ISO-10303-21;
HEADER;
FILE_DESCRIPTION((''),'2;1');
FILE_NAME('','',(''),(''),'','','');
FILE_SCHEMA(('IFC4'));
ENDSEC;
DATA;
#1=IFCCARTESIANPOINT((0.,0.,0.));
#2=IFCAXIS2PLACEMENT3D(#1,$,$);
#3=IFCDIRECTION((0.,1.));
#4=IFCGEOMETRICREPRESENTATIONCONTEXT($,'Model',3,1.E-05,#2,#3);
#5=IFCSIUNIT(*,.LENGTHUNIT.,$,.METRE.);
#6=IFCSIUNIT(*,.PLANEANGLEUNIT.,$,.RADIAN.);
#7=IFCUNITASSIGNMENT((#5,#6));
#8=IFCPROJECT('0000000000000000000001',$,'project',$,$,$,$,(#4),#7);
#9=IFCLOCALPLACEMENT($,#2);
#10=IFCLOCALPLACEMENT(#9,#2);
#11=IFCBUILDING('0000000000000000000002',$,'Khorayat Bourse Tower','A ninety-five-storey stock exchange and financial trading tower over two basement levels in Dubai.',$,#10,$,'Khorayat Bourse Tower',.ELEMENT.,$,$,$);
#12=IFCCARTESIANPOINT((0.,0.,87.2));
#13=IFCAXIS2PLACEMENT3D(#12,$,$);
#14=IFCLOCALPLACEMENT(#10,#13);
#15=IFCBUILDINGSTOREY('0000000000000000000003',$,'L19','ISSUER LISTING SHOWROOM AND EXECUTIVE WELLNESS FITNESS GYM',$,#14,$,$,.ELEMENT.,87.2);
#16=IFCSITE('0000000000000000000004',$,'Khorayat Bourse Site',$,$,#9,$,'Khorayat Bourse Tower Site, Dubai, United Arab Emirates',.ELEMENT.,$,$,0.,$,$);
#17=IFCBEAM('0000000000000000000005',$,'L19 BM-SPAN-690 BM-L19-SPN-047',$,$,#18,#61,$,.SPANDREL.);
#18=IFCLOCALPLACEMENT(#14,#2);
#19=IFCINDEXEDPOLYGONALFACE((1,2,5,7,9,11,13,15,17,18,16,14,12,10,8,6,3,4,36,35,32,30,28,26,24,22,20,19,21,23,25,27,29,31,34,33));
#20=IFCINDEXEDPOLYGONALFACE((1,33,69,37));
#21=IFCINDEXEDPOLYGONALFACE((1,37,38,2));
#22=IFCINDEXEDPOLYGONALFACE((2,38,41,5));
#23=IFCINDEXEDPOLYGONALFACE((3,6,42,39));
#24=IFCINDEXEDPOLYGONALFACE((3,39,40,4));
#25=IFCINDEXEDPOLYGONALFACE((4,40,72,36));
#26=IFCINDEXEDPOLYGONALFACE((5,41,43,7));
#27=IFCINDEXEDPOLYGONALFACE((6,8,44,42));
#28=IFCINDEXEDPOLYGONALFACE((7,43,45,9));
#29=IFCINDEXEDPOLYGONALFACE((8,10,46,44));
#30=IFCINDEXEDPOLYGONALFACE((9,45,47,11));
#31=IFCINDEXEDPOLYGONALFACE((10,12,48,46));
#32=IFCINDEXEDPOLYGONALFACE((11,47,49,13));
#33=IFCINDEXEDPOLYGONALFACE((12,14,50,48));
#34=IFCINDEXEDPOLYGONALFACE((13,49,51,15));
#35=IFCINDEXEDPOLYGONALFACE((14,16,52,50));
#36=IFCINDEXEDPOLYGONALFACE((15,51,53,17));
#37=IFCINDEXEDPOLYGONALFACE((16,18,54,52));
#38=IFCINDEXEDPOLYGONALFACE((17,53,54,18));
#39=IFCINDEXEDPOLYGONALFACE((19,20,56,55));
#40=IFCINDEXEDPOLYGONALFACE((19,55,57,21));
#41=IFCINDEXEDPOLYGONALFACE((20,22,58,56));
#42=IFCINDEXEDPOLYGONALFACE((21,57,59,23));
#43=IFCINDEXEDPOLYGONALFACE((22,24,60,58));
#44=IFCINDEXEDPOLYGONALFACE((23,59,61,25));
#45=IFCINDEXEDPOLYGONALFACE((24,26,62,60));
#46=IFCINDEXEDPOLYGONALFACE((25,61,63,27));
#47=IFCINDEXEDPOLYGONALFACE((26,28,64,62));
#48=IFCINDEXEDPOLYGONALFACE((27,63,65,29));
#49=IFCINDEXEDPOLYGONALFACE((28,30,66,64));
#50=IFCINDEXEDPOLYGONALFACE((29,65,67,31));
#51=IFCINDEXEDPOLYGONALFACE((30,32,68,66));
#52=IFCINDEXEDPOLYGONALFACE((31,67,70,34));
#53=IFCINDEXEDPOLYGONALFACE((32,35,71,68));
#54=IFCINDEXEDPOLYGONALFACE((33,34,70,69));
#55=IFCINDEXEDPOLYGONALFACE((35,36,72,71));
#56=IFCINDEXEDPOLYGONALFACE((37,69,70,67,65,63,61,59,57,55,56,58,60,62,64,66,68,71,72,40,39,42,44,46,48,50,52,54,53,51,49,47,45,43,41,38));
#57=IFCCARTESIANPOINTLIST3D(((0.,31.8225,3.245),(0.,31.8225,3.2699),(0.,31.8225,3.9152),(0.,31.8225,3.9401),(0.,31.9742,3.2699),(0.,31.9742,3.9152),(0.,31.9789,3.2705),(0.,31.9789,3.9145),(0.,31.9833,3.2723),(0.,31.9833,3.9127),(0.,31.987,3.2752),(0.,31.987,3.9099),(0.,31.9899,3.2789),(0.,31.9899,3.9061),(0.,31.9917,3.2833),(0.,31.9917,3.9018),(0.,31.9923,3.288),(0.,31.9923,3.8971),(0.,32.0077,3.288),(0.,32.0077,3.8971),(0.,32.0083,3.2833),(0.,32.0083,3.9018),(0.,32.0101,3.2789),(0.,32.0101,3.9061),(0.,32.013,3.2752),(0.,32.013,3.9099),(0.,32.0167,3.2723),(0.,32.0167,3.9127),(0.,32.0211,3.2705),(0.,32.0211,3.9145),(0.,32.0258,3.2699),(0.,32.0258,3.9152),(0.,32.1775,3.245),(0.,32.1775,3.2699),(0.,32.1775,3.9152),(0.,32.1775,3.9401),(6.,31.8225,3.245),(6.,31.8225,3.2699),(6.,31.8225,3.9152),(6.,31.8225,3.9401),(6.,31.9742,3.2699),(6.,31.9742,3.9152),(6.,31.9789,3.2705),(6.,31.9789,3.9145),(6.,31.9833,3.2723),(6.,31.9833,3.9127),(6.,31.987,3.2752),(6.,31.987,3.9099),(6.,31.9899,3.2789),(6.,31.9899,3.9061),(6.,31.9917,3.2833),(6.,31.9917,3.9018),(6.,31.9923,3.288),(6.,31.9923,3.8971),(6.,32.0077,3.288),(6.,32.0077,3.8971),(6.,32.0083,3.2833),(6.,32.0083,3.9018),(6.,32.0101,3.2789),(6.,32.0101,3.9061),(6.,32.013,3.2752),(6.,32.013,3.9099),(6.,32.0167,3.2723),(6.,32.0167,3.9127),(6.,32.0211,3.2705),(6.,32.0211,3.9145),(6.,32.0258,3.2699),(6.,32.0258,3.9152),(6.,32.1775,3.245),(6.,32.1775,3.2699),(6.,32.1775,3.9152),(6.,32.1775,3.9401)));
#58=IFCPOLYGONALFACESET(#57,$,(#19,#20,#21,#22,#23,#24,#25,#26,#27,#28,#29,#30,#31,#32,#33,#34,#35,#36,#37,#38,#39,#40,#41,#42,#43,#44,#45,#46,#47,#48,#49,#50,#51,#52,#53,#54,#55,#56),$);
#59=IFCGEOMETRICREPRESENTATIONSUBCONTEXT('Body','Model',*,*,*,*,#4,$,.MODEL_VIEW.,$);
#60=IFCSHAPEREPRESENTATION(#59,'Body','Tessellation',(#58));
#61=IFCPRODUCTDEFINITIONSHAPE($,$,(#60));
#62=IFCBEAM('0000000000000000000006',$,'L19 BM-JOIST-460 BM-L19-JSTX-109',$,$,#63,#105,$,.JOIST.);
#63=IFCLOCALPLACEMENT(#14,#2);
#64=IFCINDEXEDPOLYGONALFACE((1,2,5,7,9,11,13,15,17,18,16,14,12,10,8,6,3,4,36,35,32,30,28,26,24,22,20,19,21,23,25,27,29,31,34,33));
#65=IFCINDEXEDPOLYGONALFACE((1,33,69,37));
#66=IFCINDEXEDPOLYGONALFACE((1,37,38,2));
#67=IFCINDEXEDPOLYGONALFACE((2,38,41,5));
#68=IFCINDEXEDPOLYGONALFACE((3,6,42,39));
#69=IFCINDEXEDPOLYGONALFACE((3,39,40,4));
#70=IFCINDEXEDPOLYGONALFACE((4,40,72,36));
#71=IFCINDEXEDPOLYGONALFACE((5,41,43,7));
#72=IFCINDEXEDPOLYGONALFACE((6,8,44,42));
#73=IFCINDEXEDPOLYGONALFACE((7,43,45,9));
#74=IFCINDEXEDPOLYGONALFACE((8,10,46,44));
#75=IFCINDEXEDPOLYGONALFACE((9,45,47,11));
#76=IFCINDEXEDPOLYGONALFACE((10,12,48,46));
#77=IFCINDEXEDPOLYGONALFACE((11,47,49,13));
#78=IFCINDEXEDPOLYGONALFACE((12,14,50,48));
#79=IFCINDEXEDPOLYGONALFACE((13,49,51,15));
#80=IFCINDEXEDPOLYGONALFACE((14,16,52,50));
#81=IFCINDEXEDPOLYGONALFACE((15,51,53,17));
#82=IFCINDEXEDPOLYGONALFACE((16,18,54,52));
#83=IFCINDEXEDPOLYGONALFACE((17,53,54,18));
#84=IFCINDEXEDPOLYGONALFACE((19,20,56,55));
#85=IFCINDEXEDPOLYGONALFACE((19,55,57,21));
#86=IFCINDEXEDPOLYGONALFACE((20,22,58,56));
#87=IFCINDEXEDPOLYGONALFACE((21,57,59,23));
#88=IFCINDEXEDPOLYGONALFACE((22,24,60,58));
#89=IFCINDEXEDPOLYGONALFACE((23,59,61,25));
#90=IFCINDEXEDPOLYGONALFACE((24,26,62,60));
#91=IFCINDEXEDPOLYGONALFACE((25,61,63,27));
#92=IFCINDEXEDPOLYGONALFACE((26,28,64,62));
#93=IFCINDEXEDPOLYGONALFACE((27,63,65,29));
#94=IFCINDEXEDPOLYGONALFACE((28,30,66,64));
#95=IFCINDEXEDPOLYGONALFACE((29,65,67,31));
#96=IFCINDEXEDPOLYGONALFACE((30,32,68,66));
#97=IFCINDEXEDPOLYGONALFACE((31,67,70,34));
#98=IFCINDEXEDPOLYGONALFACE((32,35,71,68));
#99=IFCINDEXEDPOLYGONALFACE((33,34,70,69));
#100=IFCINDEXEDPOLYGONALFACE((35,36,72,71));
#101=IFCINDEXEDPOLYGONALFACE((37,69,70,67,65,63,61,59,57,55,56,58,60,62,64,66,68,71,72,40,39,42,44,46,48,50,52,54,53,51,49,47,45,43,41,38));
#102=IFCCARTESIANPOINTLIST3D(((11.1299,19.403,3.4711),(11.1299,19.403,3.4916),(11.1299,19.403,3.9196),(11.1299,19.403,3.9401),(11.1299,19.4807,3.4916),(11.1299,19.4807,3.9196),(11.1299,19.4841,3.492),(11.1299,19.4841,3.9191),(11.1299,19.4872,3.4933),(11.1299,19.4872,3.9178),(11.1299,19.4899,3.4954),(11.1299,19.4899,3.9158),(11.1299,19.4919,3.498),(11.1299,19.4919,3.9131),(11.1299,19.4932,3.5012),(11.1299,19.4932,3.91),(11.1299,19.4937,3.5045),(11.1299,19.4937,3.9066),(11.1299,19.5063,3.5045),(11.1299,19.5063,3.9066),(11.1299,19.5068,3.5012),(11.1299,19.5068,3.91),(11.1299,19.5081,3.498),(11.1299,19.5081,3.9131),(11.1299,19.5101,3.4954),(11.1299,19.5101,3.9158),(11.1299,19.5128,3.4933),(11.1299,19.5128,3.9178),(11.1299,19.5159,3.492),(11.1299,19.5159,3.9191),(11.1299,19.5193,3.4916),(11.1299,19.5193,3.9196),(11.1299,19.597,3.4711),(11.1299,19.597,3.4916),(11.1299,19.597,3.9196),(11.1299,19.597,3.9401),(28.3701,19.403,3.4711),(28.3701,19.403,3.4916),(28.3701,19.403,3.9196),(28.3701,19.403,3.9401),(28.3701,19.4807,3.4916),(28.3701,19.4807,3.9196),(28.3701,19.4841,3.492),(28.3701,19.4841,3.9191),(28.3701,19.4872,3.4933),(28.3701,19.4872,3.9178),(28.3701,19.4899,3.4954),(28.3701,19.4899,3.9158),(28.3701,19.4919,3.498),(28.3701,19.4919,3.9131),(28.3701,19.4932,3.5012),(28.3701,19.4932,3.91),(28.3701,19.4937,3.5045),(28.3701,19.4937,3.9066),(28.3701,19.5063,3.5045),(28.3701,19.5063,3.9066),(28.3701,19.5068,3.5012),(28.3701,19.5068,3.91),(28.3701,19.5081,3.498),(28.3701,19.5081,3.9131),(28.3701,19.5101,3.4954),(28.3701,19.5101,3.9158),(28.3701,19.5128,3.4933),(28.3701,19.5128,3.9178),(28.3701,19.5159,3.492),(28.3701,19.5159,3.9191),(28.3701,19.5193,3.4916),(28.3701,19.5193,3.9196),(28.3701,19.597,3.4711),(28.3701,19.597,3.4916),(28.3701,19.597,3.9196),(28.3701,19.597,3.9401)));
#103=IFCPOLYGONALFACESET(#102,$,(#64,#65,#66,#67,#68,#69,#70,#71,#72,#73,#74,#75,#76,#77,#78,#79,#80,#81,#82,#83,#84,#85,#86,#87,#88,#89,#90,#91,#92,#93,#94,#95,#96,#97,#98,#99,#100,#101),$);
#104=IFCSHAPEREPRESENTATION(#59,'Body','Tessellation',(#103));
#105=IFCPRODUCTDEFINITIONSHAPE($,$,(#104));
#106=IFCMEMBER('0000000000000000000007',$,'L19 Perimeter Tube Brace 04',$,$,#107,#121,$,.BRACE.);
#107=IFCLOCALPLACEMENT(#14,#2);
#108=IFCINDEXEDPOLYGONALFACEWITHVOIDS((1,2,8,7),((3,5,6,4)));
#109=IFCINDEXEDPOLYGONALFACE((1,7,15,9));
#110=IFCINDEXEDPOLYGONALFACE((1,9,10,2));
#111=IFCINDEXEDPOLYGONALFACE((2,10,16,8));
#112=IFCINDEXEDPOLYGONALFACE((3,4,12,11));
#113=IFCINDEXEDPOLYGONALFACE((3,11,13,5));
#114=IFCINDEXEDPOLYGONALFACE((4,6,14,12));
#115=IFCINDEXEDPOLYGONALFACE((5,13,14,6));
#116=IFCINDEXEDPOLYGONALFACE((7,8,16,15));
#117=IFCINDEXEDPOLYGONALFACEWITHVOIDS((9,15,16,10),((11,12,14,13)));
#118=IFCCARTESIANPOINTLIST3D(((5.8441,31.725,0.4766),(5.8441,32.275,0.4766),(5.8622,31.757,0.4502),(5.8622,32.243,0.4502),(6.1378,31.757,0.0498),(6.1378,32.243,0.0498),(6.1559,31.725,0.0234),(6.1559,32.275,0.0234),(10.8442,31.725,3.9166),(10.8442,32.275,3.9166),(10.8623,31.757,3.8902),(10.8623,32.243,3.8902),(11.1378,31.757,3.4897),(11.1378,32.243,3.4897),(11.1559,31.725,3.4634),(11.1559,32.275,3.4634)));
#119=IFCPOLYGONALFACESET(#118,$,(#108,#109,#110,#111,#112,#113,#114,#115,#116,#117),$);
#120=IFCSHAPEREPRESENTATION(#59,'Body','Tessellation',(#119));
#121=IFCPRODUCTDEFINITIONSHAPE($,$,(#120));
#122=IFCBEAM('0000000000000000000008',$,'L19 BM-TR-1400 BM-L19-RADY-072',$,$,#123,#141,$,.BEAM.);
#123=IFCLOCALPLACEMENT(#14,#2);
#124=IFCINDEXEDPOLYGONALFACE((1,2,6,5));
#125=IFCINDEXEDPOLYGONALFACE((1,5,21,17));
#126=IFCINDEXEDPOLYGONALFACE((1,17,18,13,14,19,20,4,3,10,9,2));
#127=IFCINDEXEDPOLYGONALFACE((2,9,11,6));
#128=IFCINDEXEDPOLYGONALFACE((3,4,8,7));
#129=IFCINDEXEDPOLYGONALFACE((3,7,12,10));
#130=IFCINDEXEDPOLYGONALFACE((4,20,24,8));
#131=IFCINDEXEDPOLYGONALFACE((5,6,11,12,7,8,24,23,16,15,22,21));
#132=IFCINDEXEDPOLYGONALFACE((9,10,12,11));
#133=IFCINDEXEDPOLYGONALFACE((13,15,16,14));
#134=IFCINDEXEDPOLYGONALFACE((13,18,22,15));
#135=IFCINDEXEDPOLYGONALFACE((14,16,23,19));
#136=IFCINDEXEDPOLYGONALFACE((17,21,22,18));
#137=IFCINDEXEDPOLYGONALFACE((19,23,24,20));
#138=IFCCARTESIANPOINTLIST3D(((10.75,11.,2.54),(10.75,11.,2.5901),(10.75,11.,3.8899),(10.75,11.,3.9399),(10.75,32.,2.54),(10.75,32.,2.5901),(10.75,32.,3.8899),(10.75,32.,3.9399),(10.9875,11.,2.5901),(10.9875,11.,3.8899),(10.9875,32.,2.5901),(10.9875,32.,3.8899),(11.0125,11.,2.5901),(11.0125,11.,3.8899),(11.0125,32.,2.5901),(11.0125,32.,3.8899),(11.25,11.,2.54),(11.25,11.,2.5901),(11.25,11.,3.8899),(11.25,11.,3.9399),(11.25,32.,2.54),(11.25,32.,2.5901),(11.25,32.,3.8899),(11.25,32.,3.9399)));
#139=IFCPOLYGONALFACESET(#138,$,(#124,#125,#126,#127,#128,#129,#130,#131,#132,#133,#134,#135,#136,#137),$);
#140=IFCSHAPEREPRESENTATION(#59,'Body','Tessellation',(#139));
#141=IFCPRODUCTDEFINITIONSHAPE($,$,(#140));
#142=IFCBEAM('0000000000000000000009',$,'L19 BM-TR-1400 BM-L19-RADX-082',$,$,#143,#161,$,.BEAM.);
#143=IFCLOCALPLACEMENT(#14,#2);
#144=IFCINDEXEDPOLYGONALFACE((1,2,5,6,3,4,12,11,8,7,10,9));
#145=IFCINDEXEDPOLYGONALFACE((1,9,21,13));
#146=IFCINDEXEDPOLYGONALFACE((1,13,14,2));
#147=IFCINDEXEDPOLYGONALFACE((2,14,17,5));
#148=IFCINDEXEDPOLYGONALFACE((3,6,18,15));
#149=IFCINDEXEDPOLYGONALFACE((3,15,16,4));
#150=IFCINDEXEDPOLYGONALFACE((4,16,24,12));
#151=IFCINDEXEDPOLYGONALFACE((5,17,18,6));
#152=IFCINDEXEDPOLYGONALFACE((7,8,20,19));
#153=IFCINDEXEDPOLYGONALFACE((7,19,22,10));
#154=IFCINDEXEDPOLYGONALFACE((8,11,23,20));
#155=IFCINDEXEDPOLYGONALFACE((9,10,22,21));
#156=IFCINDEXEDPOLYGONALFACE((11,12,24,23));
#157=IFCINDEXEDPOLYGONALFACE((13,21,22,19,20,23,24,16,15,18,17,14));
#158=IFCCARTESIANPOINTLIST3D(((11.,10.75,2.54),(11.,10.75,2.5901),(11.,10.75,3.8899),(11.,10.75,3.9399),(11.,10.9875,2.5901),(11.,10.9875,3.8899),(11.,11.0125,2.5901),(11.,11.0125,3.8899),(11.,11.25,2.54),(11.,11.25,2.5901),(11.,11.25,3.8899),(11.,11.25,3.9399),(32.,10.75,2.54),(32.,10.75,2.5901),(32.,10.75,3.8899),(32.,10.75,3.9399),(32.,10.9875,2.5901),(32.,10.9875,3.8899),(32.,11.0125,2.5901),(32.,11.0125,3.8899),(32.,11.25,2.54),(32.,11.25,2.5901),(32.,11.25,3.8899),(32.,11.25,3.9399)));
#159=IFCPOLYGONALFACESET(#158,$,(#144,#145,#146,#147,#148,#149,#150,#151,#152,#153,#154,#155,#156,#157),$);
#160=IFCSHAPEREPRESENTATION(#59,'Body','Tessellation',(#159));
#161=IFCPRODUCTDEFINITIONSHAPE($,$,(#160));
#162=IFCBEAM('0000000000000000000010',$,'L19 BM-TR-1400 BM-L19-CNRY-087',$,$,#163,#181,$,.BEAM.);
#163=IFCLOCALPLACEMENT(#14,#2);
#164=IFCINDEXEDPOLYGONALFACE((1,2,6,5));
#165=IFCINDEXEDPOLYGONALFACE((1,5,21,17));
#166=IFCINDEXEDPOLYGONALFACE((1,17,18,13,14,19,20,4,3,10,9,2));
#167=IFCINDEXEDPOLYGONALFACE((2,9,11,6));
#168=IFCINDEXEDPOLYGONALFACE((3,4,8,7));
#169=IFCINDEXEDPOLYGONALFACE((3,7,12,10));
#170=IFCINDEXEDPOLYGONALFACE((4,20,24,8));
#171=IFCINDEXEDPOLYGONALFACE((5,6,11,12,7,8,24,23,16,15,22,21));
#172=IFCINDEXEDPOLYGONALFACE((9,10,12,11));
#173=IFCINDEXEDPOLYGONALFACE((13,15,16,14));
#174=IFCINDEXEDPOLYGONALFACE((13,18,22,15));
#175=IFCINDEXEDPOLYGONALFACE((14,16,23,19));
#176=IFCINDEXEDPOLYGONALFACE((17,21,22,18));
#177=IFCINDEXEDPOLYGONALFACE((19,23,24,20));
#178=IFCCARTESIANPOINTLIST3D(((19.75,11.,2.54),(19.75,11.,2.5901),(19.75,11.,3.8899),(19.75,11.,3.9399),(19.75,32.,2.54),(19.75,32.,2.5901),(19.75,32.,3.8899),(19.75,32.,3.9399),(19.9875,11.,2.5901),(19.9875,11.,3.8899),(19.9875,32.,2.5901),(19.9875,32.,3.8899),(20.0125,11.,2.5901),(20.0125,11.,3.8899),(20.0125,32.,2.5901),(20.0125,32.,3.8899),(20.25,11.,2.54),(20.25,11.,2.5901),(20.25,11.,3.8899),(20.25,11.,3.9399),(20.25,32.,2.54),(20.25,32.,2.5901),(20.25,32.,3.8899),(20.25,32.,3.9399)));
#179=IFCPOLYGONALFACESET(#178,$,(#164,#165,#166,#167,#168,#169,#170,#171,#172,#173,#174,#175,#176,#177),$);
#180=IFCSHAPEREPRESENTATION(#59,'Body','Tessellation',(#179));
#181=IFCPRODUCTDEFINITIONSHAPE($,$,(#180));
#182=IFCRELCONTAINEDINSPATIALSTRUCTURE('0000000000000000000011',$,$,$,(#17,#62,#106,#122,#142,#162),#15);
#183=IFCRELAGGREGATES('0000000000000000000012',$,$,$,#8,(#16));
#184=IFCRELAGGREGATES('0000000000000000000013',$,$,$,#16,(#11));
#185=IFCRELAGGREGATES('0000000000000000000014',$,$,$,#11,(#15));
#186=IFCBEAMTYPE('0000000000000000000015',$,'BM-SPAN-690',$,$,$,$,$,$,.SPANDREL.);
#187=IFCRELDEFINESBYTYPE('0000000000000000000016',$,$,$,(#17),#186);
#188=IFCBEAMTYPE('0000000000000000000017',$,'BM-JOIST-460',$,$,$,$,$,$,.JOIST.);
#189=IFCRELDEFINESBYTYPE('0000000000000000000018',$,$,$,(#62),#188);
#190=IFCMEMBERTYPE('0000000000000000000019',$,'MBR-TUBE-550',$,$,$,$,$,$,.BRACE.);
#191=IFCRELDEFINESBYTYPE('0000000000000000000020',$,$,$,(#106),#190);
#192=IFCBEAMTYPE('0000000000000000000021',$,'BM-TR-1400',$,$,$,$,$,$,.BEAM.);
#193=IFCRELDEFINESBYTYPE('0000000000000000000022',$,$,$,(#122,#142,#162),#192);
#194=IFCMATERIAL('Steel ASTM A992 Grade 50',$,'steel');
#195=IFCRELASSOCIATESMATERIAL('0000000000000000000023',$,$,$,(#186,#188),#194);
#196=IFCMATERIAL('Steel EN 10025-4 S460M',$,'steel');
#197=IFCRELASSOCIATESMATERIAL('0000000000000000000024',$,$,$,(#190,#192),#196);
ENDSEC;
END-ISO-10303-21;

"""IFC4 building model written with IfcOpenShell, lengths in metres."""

from ifc_helpers import new_model, si_unit, direction, frame, origin, origin_2d, place, context, subcontext, project, spatial, hollow_rectangle, i_section, extrude, source, transform, mapped, material, material_profile, profile_set, type_object, element, save


model = new_model("IFC4")

# Units and contexts
model_context = context("Model", 3, precision=1e-05, world=origin(), true_north=direction((0.0, 1.0)))
body_context = subcontext(model_context, "Body", "Model", "MODEL_VIEW")
ifc_project = project(units=[si_unit("LENGTHUNIT", "METRE"), si_unit("PLANEANGLEUNIT", "RADIAN")], contexts=[model_context])

# Site, building, storey
site_placement = place(None, origin())
site = spatial("IfcSite", under=ifc_project, at=site_placement, Name="Khorayat Bourse Site", LongName="Khorayat Bourse Tower Site, Dubai, United Arab Emirates", CompositionType="ELEMENT", RefElevation=0.0)
building_placement = place(site_placement, origin())
building = spatial("IfcBuilding", under=site, at=building_placement, Name="Khorayat Bourse Tower", Description="A ninety-five-storey stock exchange and financial trading tower over two basement levels in Dubai.", LongName="Khorayat Bourse Tower", CompositionType="ELEMENT")
storey_placement = place(building_placement, frame((0.0, 0.0, 87.2)))
storey = spatial("IfcBuildingStorey", under=building, at=storey_placement, Name="L19", Description="ISSUER LISTING SHOWROOM AND EXECUTIVE WELLNESS FITNESS GYM", CompositionType="ELEMENT", Elevation=87.2)

# Shared definitions
ifc_material_1 = material(Name="Steel EN 10025-4 S460M", Category="steel")

# Beams
ifc_material_2 = material(Name="Steel ASTM A992 Grade 50", Category="steel")
ifc_material_profile_1 = material_profile(ifc_material_2, i_section(OverallWidth=0.355, OverallDepth=0.6951, WebThickness=0.0154, FlangeThickness=0.0249, FilletRadius=0.0181, at=origin_2d()), Name="W690X217")
ifc_profile_set_1 = profile_set([ifc_material_profile_1], Name="Steel ASTM A992 Grade 50")
beam_type_1 = type_object("IfcBeamType", Name="BM-SPAN-690", PredefinedType="SPANDREL", material=ifc_profile_set_1)
shared_shape_1 = source(origin(), body_context, "Body", "SweptSolid", [
    extrude(i_section(OverallWidth=0.355, OverallDepth=0.6951, WebThickness=0.0154, FlangeThickness=0.0249, FilletRadius=0.0181, at=origin_2d()), origin(), (0.0, 0.0, 1.0), 6.0),
])
beam_1_placement = place(storey_placement, frame((0.0, 32.0, 3.5925), z_axis=(1.0, 0.0, 0.0), x_axis=(0.0, 1.0, 0.0)))
element("IfcBeam", 1, at=beam_1_placement, inside=storey, type_object=beam_type_1, Name="L19 BM-SPAN-690 BM-L19-SPN-047", PredefinedType="SPANDREL", context=body_context, shape_type="MappedRepresentation", body=[
    mapped(shared_shape_1, transform((0.0, 0.0, 0.0), scale=1.0)),
])
ifc_material_profile_2 = material_profile(ifc_material_2, i_section(OverallWidth=0.1941, OverallDepth=0.469, WebThickness=0.0127, FlangeThickness=0.0205, FilletRadius=0.0129, at=origin_2d()), Name="W460X106")
ifc_profile_set_2 = profile_set([ifc_material_profile_2], Name="Steel ASTM A992 Grade 50")
beam_type_2 = type_object("IfcBeamType", Name="BM-JOIST-460", PredefinedType="JOIST", material=ifc_profile_set_2)
shared_shape_2 = source(origin(), body_context, "Body", "SweptSolid", [
    extrude(i_section(OverallWidth=0.1941, OverallDepth=0.469, WebThickness=0.0127, FlangeThickness=0.0205, FilletRadius=0.0129, at=origin_2d()), origin(), (0.0, 0.0, 1.0), 17.2402),
])
beam_2_placement = place(storey_placement, frame((11.1299, 19.5, 3.7056), z_axis=(1.0, 0.0, 0.0), x_axis=(0.0, 1.0, 0.0)))
element("IfcBeam", 2, at=beam_2_placement, inside=storey, type_object=beam_type_2, Name="L19 BM-JOIST-460 BM-L19-JSTX-109", PredefinedType="JOIST", context=body_context, shape_type="MappedRepresentation", body=[
    mapped(shared_shape_2, transform((0.0, 0.0, 0.0), scale=1.0)),
])

# Member
ifc_material_profile_3 = material_profile(ifc_material_1, hollow_rectangle(XDim=0.55, YDim=0.55, WallThickness=0.032, at=origin_2d()), Name="HSS 550x550x32")
ifc_profile_set_3 = profile_set([ifc_material_profile_3], Name="Steel EN 10025-4 S460M")
member_type_1 = type_object("IfcMemberType", Name="MBR-TUBE-550", PredefinedType="BRACE", material=ifc_profile_set_3)
shared_shape_3 = source(origin(), body_context, "Body", "SweptSolid", [
    extrude(hollow_rectangle(XDim=0.55, YDim=0.55, WallThickness=0.032, at=origin_2d()), origin(), (0.0, 0.0, 1.0), 6.0691),
])
member_1_placement = place(storey_placement, frame((6.0, 32.0, 0.25), z_axis=(0.823854, 0.0, 0.566802), x_axis=(0.0, 1.0, 0.0)))
element("IfcMember", 3, at=member_1_placement, inside=storey, type_object=member_type_1, Name="L19 Perimeter Tube Brace 04", PredefinedType="BRACE", context=body_context, shape_type="MappedRepresentation", body=[
    mapped(shared_shape_3, transform((0.0, 0.0, 0.0), scale=1.0)),
])

# Beams
ifc_material_profile_4 = material_profile(ifc_material_1, i_section(OverallWidth=0.5, OverallDepth=1.3999, WebThickness=0.0249, FlangeThickness=0.05, at=origin_2d()), Name="PG 1400x500x25x50")
ifc_profile_set_4 = profile_set([ifc_material_profile_4], Name="Steel EN 10025-4 S460M")
beam_type_3 = type_object("IfcBeamType", Name="BM-TR-1400", PredefinedType="BEAM", material=ifc_profile_set_4)
shared_shape_4 = source(origin(), body_context, "Body", "SweptSolid", [
    extrude(i_section(OverallWidth=0.5, OverallDepth=1.3999, WebThickness=0.0249, FlangeThickness=0.05, at=origin_2d()), origin(), (0.0, 0.0, 1.0), 21.0),
])
for number, where, z_axis, x_axis, name in (
    (4, (11.0, 11.0, 3.24), (0.0, 1.0, 0.0), (-1.0, 0.0, 0.0), "L19 BM-TR-1400 BM-L19-RADY-072"),
    (5, (11.0, 11.0, 3.24), (1.0, 0.0, 0.0), (0.0, 1.0, 0.0), "L19 BM-TR-1400 BM-L19-RADX-082"),
    (6, (20.0, 11.0, 3.24), (0.0, 1.0, 0.0), (-1.0, 0.0, 0.0), "L19 BM-TR-1400 BM-L19-CNRY-087"),
):
    element("IfcBeam", number, at=place(storey_placement, frame(where, z_axis=z_axis, x_axis=x_axis)), inside=storey, type_object=beam_type_3, Name=name, PredefinedType="BEAM", context=body_context, shape_type="MappedRepresentation", body=[
        mapped(shared_shape_4, transform((0.0, 0.0, 0.0), scale=1.0)),
    ])

save(model, "model.ifc")
